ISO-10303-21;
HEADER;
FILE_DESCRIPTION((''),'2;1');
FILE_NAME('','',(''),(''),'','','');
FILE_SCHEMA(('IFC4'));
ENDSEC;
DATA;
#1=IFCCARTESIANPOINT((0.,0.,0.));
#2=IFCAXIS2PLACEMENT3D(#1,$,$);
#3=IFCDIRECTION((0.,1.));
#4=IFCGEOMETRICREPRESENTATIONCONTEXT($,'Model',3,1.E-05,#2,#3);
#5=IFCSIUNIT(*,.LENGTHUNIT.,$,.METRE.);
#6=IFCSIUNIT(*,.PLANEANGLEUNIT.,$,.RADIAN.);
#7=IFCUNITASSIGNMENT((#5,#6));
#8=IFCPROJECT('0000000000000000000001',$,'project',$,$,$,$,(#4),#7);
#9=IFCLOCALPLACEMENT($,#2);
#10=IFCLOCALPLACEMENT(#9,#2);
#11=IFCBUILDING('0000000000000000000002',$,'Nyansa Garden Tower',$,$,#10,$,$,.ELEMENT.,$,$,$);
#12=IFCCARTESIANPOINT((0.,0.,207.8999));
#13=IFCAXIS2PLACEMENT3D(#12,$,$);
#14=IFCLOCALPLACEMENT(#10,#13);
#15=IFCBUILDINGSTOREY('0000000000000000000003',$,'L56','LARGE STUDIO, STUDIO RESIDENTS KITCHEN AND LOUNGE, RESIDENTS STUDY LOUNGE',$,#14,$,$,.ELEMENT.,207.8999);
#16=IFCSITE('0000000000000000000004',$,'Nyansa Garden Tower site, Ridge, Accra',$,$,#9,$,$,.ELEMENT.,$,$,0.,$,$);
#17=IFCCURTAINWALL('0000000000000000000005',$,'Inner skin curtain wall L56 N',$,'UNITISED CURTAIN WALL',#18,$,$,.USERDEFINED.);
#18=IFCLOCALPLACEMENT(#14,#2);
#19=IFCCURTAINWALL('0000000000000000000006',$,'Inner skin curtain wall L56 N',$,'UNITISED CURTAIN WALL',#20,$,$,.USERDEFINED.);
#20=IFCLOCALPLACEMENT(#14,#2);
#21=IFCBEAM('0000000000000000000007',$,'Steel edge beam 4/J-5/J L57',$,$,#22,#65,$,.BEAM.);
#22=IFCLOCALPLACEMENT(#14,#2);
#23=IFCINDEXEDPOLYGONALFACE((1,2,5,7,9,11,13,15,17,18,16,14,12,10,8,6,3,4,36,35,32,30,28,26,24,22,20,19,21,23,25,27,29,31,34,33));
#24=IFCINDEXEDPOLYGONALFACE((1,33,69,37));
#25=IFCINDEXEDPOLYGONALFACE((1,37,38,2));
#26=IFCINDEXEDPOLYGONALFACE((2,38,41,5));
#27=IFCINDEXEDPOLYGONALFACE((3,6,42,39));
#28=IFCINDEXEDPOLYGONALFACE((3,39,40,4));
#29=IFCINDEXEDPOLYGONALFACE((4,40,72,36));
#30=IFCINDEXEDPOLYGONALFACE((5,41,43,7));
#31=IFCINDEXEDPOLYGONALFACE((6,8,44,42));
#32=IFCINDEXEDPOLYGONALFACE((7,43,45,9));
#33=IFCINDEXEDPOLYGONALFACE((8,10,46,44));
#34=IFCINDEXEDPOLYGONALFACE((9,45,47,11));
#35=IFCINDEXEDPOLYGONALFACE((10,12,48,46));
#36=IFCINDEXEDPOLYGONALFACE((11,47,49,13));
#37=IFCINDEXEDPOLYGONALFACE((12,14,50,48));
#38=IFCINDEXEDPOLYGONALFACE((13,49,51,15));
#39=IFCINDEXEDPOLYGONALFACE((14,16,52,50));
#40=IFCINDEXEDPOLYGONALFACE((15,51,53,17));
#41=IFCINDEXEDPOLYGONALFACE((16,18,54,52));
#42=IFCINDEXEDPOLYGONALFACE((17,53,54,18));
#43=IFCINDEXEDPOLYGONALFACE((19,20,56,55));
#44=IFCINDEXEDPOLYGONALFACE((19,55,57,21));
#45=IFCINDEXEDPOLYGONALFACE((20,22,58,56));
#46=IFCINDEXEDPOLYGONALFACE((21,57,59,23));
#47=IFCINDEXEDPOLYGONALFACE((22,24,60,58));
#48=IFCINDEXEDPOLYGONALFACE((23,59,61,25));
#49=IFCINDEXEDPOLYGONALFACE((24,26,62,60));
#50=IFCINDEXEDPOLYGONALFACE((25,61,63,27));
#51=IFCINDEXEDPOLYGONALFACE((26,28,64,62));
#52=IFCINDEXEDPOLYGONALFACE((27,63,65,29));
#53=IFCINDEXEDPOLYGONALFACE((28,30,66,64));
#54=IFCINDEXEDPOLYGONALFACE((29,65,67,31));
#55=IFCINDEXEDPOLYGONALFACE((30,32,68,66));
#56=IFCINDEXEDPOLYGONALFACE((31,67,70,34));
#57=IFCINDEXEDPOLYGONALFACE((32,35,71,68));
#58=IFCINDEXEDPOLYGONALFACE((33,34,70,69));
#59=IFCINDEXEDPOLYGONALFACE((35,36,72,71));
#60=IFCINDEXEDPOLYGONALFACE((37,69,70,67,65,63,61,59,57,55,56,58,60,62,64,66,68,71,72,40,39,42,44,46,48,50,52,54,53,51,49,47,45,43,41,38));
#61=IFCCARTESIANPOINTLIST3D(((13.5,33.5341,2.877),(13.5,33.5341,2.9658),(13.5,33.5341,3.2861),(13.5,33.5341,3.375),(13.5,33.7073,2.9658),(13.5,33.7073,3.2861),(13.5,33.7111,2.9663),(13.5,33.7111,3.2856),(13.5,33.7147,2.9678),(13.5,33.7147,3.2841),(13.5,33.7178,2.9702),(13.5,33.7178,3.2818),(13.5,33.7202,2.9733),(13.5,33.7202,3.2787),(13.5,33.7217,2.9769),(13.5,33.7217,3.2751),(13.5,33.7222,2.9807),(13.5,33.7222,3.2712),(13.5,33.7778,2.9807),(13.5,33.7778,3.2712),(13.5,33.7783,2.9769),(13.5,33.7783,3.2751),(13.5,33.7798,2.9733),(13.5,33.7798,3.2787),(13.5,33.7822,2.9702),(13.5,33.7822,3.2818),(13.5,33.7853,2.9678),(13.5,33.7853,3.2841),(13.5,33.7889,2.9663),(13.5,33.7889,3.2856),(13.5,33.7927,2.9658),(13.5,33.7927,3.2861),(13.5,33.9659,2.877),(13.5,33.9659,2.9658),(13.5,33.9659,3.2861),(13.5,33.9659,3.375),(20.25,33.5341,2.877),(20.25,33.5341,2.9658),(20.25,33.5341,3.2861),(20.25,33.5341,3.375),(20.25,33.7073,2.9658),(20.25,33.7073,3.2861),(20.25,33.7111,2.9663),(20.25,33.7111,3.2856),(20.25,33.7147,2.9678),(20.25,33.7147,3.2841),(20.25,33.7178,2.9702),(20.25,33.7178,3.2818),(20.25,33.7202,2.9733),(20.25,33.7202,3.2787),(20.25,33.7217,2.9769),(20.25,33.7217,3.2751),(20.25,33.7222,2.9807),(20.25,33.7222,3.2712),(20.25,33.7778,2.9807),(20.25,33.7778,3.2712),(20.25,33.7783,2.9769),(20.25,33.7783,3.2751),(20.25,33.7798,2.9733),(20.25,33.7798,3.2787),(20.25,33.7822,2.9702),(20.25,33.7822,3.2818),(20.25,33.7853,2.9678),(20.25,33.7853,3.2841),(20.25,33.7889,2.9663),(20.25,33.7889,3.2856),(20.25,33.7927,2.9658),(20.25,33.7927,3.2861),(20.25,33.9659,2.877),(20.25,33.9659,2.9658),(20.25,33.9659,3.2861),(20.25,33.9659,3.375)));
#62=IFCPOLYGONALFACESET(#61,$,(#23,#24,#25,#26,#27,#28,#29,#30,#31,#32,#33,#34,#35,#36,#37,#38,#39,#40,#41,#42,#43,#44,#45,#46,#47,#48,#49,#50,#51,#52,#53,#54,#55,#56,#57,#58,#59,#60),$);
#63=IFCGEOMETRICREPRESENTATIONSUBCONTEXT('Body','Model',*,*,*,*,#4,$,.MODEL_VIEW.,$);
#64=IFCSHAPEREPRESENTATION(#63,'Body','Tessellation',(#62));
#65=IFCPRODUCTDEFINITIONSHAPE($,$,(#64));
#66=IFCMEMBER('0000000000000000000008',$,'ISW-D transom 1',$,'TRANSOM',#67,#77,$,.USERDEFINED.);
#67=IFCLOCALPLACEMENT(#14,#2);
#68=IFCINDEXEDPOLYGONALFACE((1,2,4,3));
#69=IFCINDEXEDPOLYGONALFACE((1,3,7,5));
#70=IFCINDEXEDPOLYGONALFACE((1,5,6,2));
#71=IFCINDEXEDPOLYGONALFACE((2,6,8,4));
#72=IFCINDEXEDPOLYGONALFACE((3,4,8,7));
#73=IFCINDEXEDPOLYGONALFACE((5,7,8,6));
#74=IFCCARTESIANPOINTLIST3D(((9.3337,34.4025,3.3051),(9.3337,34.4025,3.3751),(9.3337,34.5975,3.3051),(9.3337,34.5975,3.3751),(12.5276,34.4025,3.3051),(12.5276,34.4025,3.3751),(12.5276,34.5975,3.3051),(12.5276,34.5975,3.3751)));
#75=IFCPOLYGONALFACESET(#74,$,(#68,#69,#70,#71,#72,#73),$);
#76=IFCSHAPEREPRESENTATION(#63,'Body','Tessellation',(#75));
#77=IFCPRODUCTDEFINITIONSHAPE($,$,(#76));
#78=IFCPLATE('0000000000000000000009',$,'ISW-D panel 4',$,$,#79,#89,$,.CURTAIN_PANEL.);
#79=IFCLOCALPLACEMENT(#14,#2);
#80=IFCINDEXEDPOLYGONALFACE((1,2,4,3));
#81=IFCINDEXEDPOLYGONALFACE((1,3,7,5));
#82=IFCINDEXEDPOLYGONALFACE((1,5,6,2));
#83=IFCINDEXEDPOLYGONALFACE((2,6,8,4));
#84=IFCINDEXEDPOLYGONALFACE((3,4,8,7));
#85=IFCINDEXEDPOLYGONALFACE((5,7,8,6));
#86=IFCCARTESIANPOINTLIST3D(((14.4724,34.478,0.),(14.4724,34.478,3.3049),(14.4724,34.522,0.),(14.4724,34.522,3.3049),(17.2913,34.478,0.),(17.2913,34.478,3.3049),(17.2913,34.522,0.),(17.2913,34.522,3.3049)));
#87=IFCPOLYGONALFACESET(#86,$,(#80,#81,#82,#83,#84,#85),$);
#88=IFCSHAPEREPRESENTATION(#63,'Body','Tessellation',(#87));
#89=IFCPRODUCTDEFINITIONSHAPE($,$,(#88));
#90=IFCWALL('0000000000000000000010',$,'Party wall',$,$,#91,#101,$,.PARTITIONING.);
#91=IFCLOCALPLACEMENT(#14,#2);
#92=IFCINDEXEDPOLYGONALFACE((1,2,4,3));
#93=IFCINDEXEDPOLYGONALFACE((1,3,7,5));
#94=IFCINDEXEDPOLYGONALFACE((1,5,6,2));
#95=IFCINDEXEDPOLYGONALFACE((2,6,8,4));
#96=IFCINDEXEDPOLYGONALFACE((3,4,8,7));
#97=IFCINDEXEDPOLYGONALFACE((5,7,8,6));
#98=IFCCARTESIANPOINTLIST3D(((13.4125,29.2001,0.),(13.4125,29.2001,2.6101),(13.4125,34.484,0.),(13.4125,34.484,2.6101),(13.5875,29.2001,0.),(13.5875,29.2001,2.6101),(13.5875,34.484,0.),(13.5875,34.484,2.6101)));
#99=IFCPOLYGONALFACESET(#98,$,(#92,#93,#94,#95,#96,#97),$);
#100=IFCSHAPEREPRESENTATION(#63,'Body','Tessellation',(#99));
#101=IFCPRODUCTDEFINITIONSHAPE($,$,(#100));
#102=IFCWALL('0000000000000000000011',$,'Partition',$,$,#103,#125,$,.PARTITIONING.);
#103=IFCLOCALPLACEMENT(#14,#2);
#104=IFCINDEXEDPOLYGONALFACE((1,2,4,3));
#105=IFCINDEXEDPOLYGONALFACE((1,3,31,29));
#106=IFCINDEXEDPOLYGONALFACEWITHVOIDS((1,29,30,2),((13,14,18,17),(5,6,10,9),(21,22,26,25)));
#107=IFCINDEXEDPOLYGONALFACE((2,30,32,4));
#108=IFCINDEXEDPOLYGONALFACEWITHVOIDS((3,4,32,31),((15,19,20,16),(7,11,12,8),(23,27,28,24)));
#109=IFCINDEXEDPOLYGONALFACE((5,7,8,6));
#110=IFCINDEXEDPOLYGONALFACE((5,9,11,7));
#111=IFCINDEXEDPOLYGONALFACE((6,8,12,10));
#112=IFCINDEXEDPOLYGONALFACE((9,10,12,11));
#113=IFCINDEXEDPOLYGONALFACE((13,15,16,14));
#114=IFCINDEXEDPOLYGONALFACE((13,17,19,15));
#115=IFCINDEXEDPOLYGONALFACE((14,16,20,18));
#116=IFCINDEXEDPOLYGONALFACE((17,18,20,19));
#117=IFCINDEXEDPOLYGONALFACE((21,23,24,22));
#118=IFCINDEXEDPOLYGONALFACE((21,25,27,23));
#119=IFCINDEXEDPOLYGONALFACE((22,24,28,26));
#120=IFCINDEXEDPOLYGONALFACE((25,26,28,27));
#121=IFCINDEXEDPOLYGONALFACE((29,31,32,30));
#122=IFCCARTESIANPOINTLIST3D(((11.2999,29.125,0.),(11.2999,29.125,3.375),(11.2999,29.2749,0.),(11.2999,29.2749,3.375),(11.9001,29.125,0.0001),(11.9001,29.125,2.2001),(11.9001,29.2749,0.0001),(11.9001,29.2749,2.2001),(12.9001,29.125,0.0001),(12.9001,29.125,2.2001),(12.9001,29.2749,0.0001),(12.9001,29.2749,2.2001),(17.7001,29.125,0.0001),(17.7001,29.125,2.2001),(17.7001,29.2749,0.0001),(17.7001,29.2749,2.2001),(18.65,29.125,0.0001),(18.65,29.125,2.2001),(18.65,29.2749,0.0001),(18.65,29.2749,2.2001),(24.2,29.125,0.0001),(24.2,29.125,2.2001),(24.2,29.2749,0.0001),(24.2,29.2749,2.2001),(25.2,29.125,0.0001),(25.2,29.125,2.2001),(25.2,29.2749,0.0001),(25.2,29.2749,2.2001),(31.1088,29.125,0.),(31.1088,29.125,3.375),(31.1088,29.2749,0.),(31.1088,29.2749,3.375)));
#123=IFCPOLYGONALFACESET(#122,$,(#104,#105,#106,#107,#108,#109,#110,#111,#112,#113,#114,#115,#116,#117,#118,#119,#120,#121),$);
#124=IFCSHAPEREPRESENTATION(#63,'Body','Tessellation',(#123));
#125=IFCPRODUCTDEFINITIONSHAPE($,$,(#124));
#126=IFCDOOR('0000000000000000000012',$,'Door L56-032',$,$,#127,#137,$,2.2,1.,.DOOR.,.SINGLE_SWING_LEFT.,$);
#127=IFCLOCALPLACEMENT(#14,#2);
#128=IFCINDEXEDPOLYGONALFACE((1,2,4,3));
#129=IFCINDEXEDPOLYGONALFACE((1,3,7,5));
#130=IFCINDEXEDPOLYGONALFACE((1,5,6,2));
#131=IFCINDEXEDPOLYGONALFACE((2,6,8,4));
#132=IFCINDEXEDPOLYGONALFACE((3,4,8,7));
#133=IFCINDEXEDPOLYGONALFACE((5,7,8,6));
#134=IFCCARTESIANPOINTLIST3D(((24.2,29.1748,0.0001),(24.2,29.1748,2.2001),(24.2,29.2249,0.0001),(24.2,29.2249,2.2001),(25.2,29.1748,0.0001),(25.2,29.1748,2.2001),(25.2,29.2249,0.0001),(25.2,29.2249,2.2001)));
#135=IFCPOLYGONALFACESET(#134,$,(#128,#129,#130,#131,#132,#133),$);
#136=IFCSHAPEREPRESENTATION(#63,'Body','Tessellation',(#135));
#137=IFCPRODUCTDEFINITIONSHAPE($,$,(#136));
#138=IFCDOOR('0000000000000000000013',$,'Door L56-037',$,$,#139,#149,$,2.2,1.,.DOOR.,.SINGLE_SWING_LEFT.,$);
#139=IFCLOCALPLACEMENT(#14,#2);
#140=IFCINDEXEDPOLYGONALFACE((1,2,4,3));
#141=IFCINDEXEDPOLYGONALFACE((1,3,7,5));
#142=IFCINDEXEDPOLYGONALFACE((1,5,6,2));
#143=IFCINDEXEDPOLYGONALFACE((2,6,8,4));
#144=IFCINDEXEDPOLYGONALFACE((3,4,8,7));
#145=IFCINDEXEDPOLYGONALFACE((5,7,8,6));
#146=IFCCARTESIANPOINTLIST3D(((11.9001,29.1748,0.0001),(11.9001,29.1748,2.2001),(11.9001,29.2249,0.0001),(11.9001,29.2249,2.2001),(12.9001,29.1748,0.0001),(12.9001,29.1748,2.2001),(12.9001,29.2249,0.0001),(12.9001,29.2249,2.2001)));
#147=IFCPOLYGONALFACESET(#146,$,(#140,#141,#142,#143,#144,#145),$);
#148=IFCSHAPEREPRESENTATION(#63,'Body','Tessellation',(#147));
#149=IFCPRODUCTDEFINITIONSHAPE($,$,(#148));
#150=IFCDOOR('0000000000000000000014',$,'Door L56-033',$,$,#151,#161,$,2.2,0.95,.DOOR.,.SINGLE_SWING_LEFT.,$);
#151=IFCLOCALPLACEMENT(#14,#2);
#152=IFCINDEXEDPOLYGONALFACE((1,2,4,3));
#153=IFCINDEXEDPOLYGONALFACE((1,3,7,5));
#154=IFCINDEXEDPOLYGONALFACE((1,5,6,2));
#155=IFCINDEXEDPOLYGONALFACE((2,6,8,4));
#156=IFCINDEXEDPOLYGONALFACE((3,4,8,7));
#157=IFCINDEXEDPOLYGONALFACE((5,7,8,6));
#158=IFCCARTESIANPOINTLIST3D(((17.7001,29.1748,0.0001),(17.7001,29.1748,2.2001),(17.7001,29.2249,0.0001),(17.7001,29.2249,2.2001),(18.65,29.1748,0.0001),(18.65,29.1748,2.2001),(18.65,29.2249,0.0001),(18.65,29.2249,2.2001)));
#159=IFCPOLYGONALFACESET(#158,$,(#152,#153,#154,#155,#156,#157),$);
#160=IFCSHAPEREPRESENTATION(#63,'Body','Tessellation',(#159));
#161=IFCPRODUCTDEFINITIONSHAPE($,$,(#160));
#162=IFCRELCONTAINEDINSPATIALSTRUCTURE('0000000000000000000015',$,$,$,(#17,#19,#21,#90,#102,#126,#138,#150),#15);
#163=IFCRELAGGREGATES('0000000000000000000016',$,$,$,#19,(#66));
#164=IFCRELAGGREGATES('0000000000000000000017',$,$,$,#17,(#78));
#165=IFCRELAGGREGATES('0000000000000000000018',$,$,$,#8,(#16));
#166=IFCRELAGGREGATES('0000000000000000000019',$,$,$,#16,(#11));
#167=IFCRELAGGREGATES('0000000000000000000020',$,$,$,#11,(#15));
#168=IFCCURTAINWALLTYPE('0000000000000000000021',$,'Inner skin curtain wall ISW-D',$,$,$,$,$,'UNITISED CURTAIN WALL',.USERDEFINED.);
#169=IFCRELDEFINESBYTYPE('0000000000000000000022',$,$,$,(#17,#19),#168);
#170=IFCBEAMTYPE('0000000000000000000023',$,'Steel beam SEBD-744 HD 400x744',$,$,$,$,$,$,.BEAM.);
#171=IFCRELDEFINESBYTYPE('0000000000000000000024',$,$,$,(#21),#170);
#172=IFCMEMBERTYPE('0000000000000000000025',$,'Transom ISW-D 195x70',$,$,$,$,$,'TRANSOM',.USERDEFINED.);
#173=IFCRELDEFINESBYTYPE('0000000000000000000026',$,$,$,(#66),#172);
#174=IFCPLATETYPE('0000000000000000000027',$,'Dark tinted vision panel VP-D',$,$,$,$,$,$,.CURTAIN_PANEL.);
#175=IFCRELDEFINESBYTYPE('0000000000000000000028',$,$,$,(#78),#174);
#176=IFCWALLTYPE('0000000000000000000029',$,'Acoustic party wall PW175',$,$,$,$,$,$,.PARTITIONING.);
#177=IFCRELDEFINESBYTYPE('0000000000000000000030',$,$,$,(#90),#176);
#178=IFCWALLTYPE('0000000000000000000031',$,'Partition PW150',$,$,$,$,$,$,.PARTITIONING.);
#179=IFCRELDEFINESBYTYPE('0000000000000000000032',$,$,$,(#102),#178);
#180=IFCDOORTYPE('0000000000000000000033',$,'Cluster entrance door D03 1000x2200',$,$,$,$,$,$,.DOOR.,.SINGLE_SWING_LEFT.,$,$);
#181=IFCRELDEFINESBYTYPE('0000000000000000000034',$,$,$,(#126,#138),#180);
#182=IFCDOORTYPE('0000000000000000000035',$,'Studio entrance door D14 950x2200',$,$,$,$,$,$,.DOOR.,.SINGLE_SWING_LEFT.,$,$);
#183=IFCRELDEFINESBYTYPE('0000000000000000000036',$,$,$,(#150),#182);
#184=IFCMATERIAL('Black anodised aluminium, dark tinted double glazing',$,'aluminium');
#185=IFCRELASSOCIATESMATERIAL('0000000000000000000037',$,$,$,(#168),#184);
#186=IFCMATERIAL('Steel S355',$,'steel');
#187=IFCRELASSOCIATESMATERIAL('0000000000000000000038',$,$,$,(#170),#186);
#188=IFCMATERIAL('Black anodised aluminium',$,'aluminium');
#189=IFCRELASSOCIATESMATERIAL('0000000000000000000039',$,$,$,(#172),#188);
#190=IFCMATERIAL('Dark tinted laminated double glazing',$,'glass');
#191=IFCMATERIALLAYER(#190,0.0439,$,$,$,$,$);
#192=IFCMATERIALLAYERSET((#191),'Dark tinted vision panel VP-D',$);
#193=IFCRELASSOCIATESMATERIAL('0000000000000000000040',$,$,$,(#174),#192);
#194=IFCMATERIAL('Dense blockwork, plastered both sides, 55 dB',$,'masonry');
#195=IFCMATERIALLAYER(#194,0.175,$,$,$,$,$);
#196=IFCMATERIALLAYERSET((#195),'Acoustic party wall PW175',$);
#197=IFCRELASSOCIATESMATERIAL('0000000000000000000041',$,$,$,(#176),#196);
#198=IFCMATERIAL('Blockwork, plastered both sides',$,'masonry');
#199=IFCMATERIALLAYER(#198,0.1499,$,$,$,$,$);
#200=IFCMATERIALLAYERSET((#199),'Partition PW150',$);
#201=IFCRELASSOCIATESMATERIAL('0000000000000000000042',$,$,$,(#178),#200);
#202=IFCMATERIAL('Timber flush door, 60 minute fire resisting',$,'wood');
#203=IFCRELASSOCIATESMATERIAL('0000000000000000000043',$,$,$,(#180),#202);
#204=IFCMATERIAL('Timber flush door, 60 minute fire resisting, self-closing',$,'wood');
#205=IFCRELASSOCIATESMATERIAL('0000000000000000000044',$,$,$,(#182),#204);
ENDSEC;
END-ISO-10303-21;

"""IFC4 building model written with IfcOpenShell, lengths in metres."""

from ifc_helpers import new_model, si_unit, direction, frame, frame_2d, origin, origin_2d, place, context, subcontext, project, spatial, rectangle, i_section, extrude, material, layer, layer_set, material_profile, profile_set, type_object, element, fill, aggregate, save


model = new_model("IFC4")

# Units and contexts
model_context = context("Model", 3, precision=1e-05, world=origin(), true_north=direction((0.0, 1.0)))
body_context = subcontext(model_context, "Body", "Model", "MODEL_VIEW")
ifc_project = project(units=[si_unit("LENGTHUNIT", "METRE"), si_unit("PLANEANGLEUNIT", "RADIAN")], contexts=[model_context])

# Site, building, storey
site_placement = place(None, origin())
site = spatial("IfcSite", under=ifc_project, at=site_placement, Name="Nyansa Garden Tower site, Ridge, Accra", CompositionType="ELEMENT", RefElevation=0.0)
building_placement = place(site_placement, origin())
building = spatial("IfcBuilding", under=site, at=building_placement, Name="Nyansa Garden Tower", CompositionType="ELEMENT")
storey_placement = place(building_placement, frame((0.0, 0.0, 207.8999)))
storey = spatial("IfcBuildingStorey", under=building, at=storey_placement, Name="L56", Description="LARGE STUDIO, STUDIO RESIDENTS KITCHEN AND LOUNGE, RESIDENTS STUDY LOUNGE", CompositionType="ELEMENT", Elevation=207.8999)

# Curtain walls
ifc_material_1 = material(Name="Black anodised aluminium, dark tinted double glazing", Category="aluminium")
curtain_wall_type = type_object("IfcCurtainWallType", Name="Inner skin curtain wall ISW-D", ElementType="UNITISED CURTAIN WALL", PredefinedType="USERDEFINED", material=ifc_material_1)
curtain_wall_1_placement = place(storey_placement, origin())
curtain_wall_1 = element("IfcCurtainWall", 1, at=curtain_wall_1_placement, inside=storey, type_object=curtain_wall_type, Name="Inner skin curtain wall L56 N", ObjectType="UNITISED CURTAIN WALL", PredefinedType="USERDEFINED")
curtain_wall_2_placement = place(storey_placement, origin())
curtain_wall_2 = element("IfcCurtainWall", 2, at=curtain_wall_2_placement, inside=storey, type_object=curtain_wall_type, Name="Inner skin curtain wall L56 N", ObjectType="UNITISED CURTAIN WALL", PredefinedType="USERDEFINED")

# Beam
ifc_material_2 = material(Name="Steel S355", Category="steel")
ifc_material_profile_1 = material_profile(ifc_material_2, i_section(OverallWidth=0.4319, OverallDepth=0.498, WebThickness=0.0557, FlangeThickness=0.0889, FilletRadius=0.0149, at=origin_2d()), Name="HD 400x744")
ifc_profile_set_1 = profile_set([ifc_material_profile_1], Name="Steel S355")
beam_type_1 = type_object("IfcBeamType", Name="Steel beam SEBD-744 HD 400x744", PredefinedType="BEAM", material=ifc_profile_set_1)
beam_1_placement = place(storey_placement, frame((13.5, 33.75, 3.126), z_axis=(1.0, 0.0, 0.0), x_axis=(0.0, 1.0, 0.0)))
element("IfcBeam", 3, at=beam_1_placement, inside=storey, type_object=beam_type_1, Name="Steel edge beam 4/J-5/J L57", PredefinedType="BEAM", context=body_context, shape_type="SweptSolid", body=[
    extrude(i_section(OverallWidth=0.4319, OverallDepth=0.498, WebThickness=0.0557, FlangeThickness=0.0889, FilletRadius=0.0149, at=origin_2d()), origin(), (0.0, 0.0, 1.0), 6.75),
])

# Member
ifc_material_3 = material(Name="Black anodised aluminium", Category="aluminium")
ifc_material_profile_2 = material_profile(ifc_material_3, rectangle(XDim=0.1951, YDim=0.0701, at=origin_2d()), Name="Transom 195x70")
ifc_profile_set_2 = profile_set([ifc_material_profile_2], Name="Black anodised aluminium")
member_type_1 = type_object("IfcMemberType", Name="Transom ISW-D 195x70", ElementType="TRANSOM", PredefinedType="USERDEFINED", material=ifc_profile_set_2)
member_1_placement = place(storey_placement, frame((12.5276, 34.5, 3.3401), z_axis=(-1.0, 0.0, 0.0), x_axis=(0.0, -1.0, 0.0)))
member_1 = element("IfcMember", 4, at=member_1_placement, type_object=member_type_1, Name="ISW-D transom 1", ObjectType="TRANSOM", PredefinedType="USERDEFINED", context=body_context, shape_type="SweptSolid", body=[
    extrude(rectangle(XDim=0.1951, YDim=0.0701, at=origin_2d()), origin(), (0.0, 0.0, 1.0), 3.1938),
])
aggregate(curtain_wall_2, [member_1])

# Plate
ifc_material_4 = material(Name="Dark tinted laminated double glazing", Category="glass")
ifc_layer_1 = layer(ifc_material_4, 0.0439)
ifc_layer_set_1 = layer_set([ifc_layer_1], Name="Dark tinted vision panel VP-D")
plate_type = type_object("IfcPlateType", Name="Dark tinted vision panel VP-D", PredefinedType="CURTAIN_PANEL", material=ifc_layer_set_1)
plate_placement = place(storey_placement, frame((15.8818, 34.5, 0.0), z_axis=(0.0, 0.0, 1.0), x_axis=(-1.0, 0.0, 0.0)))
plate = element("IfcPlate", 5, at=plate_placement, type_object=plate_type, Name="ISW-D panel 4", PredefinedType="CURTAIN_PANEL", context=body_context, shape_type="SweptSolid", body=[
    extrude(rectangle(XDim=2.8188, YDim=0.0439, at=origin_2d()), origin(), (0.0, 0.0, 1.0), 3.3049),
])
aggregate(curtain_wall_1, [plate])

# Wall
ifc_material_5 = material(Name="Dense blockwork, plastered both sides, 55 dB", Category="masonry")
ifc_layer_2 = layer(ifc_material_5, 0.175)
ifc_layer_set_2 = layer_set([ifc_layer_2], Name="Acoustic party wall PW175")
wall_type_1 = type_object("IfcWallType", Name="Acoustic party wall PW175", PredefinedType="PARTITIONING", material=ifc_layer_set_2)
wall_1_placement = place(storey_placement, frame((13.5, 29.2, 0.0), z_axis=(0.0, 0.0, 1.0), x_axis=(0.0, 1.0, 0.0)))
element("IfcWall", 6, at=wall_1_placement, inside=storey, type_object=wall_type_1, Name="Party wall", PredefinedType="PARTITIONING", context=body_context, shape_type="SweptSolid", body=[
    extrude(rectangle(XDim=5.2839, YDim=0.175, at=frame_2d((2.6421, 0.0))), origin(), (0.0, 0.0, 1.0), 2.6101),
])

# Wall, openings, doors
ifc_material_6 = material(Name="Blockwork, plastered both sides", Category="masonry")
ifc_layer_3 = layer(ifc_material_6, 0.1499)
ifc_layer_set_3 = layer_set([ifc_layer_3], Name="Partition PW150")
wall_type_2 = type_object("IfcWallType", Name="Partition PW150", PredefinedType="PARTITIONING", material=ifc_layer_set_3)
wall_2_placement = place(storey_placement, frame((11.3, 29.2, 0.0), z_axis=(0.0, 0.0, 1.0), x_axis=(1.0, 0.0, 0.0)))
wall_2 = element("IfcWall", 7, at=wall_2_placement, inside=storey, type_object=wall_type_2, Name="Partition", PredefinedType="PARTITIONING", context=body_context, shape_type="SweptSolid", body=[
    extrude(rectangle(XDim=19.8088, YDim=0.1499, at=frame_2d((9.9043, 0.0))), origin(), (0.0, 0.0, 1.0), 3.375),
])
opening_1_placement = place(wall_2_placement, frame((12.8999, 0.0, 0.0)))
opening_1 = element("IfcOpeningElement", 8, at=opening_1_placement, cuts=wall_2, PredefinedType="OPENING", context=body_context, shape_type="SweptSolid", body=[
    extrude(rectangle(XDim=1.0, YDim=2.2, at=frame_2d((0.5, 1.1001))), frame((0.0, 0.085, 0.0), z_axis=(0.0, -1.0, 0.0), x_axis=(1.0, 0.0, 0.0)), (0.0, 0.0, 1.0), 0.1699),
])
opening_2_placement = place(wall_2_placement, frame((6.3999, 0.0, 0.0)))
opening_2 = element("IfcOpeningElement", 9, at=opening_2_placement, cuts=wall_2, PredefinedType="OPENING", context=body_context, shape_type="SweptSolid", body=[
    extrude(rectangle(XDim=0.95, YDim=2.2, at=frame_2d((0.4751, 1.1001))), frame((0.0, 0.085, 0.0), z_axis=(0.0, -1.0, 0.0), x_axis=(1.0, 0.0, 0.0)), (0.0, 0.0, 1.0), 0.1699),
])
opening_3_placement = place(wall_2_placement, frame((0.6001, 0.0, 0.0)))
opening_3 = element("IfcOpeningElement", 10, at=opening_3_placement, cuts=wall_2, PredefinedType="OPENING", context=body_context, shape_type="SweptSolid", body=[
    extrude(rectangle(XDim=1.0, YDim=2.2, at=frame_2d((0.5, 1.1001))), frame((0.0, 0.085, 0.0), z_axis=(0.0, -1.0, 0.0), x_axis=(1.0, 0.0, 0.0)), (0.0, 0.0, 1.0), 0.1699),
])
ifc_material_7 = material(Name="Timber flush door, 60 minute fire resisting", Category="wood")
door_type_1 = type_object("IfcDoorType", Name="Cluster entrance door D03 1000x2200", OperationType="SINGLE_SWING_LEFT", PredefinedType="DOOR", material=ifc_material_7)
door_1_placement = place(opening_1_placement, origin())
door_1 = element("IfcDoor", 11, at=door_1_placement, inside=storey, type_object=door_type_1, Name="Door L56-032", OperationType="SINGLE_SWING_LEFT", OverallHeight=2.2, OverallWidth=1.0, PredefinedType="DOOR", context=body_context, shape_type="SweptSolid", body=[
    extrude(rectangle(XDim=1.0, YDim=2.2, at=frame_2d((0.5, 1.1001))), frame((0.0, 0.0249, 0.0), z_axis=(0.0, -1.0, 0.0), x_axis=(1.0, 0.0, 0.0)), (0.0, 0.0, 1.0), 0.05),
])
fill(opening_1, door_1)
door_2_placement = place(opening_3_placement, origin())
door_2 = element("IfcDoor", 12, at=door_2_placement, inside=storey, type_object=door_type_1, Name="Door L56-037", OperationType="SINGLE_SWING_LEFT", OverallHeight=2.2, OverallWidth=1.0, PredefinedType="DOOR", context=body_context, shape_type="SweptSolid", body=[
    extrude(rectangle(XDim=1.0, YDim=2.2, at=frame_2d((0.5, 1.1001))), frame((0.0, 0.0249, 0.0), z_axis=(0.0, -1.0, 0.0), x_axis=(1.0, 0.0, 0.0)), (0.0, 0.0, 1.0), 0.05),
])
fill(opening_3, door_2)
ifc_material_8 = material(Name="Timber flush door, 60 minute fire resisting, self-closing", Category="wood")
door_type_2 = type_object("IfcDoorType", Name="Studio entrance door D14 950x2200", OperationType="SINGLE_SWING_LEFT", PredefinedType="DOOR", material=ifc_material_8)
door_3_placement = place(opening_2_placement, origin())
door_3 = element("IfcDoor", 13, at=door_3_placement, inside=storey, type_object=door_type_2, Name="Door L56-033", OperationType="SINGLE_SWING_LEFT", OverallHeight=2.2, OverallWidth=0.95, PredefinedType="DOOR", context=body_context, shape_type="SweptSolid", body=[
    extrude(rectangle(XDim=0.95, YDim=2.2, at=frame_2d((0.4751, 1.1001))), frame((0.0, 0.0249, 0.0), z_axis=(0.0, -1.0, 0.0), x_axis=(1.0, 0.0, 0.0)), (0.0, 0.0, 1.0), 0.05),
])
fill(opening_2, door_3)

save(model, "model.ifc")
